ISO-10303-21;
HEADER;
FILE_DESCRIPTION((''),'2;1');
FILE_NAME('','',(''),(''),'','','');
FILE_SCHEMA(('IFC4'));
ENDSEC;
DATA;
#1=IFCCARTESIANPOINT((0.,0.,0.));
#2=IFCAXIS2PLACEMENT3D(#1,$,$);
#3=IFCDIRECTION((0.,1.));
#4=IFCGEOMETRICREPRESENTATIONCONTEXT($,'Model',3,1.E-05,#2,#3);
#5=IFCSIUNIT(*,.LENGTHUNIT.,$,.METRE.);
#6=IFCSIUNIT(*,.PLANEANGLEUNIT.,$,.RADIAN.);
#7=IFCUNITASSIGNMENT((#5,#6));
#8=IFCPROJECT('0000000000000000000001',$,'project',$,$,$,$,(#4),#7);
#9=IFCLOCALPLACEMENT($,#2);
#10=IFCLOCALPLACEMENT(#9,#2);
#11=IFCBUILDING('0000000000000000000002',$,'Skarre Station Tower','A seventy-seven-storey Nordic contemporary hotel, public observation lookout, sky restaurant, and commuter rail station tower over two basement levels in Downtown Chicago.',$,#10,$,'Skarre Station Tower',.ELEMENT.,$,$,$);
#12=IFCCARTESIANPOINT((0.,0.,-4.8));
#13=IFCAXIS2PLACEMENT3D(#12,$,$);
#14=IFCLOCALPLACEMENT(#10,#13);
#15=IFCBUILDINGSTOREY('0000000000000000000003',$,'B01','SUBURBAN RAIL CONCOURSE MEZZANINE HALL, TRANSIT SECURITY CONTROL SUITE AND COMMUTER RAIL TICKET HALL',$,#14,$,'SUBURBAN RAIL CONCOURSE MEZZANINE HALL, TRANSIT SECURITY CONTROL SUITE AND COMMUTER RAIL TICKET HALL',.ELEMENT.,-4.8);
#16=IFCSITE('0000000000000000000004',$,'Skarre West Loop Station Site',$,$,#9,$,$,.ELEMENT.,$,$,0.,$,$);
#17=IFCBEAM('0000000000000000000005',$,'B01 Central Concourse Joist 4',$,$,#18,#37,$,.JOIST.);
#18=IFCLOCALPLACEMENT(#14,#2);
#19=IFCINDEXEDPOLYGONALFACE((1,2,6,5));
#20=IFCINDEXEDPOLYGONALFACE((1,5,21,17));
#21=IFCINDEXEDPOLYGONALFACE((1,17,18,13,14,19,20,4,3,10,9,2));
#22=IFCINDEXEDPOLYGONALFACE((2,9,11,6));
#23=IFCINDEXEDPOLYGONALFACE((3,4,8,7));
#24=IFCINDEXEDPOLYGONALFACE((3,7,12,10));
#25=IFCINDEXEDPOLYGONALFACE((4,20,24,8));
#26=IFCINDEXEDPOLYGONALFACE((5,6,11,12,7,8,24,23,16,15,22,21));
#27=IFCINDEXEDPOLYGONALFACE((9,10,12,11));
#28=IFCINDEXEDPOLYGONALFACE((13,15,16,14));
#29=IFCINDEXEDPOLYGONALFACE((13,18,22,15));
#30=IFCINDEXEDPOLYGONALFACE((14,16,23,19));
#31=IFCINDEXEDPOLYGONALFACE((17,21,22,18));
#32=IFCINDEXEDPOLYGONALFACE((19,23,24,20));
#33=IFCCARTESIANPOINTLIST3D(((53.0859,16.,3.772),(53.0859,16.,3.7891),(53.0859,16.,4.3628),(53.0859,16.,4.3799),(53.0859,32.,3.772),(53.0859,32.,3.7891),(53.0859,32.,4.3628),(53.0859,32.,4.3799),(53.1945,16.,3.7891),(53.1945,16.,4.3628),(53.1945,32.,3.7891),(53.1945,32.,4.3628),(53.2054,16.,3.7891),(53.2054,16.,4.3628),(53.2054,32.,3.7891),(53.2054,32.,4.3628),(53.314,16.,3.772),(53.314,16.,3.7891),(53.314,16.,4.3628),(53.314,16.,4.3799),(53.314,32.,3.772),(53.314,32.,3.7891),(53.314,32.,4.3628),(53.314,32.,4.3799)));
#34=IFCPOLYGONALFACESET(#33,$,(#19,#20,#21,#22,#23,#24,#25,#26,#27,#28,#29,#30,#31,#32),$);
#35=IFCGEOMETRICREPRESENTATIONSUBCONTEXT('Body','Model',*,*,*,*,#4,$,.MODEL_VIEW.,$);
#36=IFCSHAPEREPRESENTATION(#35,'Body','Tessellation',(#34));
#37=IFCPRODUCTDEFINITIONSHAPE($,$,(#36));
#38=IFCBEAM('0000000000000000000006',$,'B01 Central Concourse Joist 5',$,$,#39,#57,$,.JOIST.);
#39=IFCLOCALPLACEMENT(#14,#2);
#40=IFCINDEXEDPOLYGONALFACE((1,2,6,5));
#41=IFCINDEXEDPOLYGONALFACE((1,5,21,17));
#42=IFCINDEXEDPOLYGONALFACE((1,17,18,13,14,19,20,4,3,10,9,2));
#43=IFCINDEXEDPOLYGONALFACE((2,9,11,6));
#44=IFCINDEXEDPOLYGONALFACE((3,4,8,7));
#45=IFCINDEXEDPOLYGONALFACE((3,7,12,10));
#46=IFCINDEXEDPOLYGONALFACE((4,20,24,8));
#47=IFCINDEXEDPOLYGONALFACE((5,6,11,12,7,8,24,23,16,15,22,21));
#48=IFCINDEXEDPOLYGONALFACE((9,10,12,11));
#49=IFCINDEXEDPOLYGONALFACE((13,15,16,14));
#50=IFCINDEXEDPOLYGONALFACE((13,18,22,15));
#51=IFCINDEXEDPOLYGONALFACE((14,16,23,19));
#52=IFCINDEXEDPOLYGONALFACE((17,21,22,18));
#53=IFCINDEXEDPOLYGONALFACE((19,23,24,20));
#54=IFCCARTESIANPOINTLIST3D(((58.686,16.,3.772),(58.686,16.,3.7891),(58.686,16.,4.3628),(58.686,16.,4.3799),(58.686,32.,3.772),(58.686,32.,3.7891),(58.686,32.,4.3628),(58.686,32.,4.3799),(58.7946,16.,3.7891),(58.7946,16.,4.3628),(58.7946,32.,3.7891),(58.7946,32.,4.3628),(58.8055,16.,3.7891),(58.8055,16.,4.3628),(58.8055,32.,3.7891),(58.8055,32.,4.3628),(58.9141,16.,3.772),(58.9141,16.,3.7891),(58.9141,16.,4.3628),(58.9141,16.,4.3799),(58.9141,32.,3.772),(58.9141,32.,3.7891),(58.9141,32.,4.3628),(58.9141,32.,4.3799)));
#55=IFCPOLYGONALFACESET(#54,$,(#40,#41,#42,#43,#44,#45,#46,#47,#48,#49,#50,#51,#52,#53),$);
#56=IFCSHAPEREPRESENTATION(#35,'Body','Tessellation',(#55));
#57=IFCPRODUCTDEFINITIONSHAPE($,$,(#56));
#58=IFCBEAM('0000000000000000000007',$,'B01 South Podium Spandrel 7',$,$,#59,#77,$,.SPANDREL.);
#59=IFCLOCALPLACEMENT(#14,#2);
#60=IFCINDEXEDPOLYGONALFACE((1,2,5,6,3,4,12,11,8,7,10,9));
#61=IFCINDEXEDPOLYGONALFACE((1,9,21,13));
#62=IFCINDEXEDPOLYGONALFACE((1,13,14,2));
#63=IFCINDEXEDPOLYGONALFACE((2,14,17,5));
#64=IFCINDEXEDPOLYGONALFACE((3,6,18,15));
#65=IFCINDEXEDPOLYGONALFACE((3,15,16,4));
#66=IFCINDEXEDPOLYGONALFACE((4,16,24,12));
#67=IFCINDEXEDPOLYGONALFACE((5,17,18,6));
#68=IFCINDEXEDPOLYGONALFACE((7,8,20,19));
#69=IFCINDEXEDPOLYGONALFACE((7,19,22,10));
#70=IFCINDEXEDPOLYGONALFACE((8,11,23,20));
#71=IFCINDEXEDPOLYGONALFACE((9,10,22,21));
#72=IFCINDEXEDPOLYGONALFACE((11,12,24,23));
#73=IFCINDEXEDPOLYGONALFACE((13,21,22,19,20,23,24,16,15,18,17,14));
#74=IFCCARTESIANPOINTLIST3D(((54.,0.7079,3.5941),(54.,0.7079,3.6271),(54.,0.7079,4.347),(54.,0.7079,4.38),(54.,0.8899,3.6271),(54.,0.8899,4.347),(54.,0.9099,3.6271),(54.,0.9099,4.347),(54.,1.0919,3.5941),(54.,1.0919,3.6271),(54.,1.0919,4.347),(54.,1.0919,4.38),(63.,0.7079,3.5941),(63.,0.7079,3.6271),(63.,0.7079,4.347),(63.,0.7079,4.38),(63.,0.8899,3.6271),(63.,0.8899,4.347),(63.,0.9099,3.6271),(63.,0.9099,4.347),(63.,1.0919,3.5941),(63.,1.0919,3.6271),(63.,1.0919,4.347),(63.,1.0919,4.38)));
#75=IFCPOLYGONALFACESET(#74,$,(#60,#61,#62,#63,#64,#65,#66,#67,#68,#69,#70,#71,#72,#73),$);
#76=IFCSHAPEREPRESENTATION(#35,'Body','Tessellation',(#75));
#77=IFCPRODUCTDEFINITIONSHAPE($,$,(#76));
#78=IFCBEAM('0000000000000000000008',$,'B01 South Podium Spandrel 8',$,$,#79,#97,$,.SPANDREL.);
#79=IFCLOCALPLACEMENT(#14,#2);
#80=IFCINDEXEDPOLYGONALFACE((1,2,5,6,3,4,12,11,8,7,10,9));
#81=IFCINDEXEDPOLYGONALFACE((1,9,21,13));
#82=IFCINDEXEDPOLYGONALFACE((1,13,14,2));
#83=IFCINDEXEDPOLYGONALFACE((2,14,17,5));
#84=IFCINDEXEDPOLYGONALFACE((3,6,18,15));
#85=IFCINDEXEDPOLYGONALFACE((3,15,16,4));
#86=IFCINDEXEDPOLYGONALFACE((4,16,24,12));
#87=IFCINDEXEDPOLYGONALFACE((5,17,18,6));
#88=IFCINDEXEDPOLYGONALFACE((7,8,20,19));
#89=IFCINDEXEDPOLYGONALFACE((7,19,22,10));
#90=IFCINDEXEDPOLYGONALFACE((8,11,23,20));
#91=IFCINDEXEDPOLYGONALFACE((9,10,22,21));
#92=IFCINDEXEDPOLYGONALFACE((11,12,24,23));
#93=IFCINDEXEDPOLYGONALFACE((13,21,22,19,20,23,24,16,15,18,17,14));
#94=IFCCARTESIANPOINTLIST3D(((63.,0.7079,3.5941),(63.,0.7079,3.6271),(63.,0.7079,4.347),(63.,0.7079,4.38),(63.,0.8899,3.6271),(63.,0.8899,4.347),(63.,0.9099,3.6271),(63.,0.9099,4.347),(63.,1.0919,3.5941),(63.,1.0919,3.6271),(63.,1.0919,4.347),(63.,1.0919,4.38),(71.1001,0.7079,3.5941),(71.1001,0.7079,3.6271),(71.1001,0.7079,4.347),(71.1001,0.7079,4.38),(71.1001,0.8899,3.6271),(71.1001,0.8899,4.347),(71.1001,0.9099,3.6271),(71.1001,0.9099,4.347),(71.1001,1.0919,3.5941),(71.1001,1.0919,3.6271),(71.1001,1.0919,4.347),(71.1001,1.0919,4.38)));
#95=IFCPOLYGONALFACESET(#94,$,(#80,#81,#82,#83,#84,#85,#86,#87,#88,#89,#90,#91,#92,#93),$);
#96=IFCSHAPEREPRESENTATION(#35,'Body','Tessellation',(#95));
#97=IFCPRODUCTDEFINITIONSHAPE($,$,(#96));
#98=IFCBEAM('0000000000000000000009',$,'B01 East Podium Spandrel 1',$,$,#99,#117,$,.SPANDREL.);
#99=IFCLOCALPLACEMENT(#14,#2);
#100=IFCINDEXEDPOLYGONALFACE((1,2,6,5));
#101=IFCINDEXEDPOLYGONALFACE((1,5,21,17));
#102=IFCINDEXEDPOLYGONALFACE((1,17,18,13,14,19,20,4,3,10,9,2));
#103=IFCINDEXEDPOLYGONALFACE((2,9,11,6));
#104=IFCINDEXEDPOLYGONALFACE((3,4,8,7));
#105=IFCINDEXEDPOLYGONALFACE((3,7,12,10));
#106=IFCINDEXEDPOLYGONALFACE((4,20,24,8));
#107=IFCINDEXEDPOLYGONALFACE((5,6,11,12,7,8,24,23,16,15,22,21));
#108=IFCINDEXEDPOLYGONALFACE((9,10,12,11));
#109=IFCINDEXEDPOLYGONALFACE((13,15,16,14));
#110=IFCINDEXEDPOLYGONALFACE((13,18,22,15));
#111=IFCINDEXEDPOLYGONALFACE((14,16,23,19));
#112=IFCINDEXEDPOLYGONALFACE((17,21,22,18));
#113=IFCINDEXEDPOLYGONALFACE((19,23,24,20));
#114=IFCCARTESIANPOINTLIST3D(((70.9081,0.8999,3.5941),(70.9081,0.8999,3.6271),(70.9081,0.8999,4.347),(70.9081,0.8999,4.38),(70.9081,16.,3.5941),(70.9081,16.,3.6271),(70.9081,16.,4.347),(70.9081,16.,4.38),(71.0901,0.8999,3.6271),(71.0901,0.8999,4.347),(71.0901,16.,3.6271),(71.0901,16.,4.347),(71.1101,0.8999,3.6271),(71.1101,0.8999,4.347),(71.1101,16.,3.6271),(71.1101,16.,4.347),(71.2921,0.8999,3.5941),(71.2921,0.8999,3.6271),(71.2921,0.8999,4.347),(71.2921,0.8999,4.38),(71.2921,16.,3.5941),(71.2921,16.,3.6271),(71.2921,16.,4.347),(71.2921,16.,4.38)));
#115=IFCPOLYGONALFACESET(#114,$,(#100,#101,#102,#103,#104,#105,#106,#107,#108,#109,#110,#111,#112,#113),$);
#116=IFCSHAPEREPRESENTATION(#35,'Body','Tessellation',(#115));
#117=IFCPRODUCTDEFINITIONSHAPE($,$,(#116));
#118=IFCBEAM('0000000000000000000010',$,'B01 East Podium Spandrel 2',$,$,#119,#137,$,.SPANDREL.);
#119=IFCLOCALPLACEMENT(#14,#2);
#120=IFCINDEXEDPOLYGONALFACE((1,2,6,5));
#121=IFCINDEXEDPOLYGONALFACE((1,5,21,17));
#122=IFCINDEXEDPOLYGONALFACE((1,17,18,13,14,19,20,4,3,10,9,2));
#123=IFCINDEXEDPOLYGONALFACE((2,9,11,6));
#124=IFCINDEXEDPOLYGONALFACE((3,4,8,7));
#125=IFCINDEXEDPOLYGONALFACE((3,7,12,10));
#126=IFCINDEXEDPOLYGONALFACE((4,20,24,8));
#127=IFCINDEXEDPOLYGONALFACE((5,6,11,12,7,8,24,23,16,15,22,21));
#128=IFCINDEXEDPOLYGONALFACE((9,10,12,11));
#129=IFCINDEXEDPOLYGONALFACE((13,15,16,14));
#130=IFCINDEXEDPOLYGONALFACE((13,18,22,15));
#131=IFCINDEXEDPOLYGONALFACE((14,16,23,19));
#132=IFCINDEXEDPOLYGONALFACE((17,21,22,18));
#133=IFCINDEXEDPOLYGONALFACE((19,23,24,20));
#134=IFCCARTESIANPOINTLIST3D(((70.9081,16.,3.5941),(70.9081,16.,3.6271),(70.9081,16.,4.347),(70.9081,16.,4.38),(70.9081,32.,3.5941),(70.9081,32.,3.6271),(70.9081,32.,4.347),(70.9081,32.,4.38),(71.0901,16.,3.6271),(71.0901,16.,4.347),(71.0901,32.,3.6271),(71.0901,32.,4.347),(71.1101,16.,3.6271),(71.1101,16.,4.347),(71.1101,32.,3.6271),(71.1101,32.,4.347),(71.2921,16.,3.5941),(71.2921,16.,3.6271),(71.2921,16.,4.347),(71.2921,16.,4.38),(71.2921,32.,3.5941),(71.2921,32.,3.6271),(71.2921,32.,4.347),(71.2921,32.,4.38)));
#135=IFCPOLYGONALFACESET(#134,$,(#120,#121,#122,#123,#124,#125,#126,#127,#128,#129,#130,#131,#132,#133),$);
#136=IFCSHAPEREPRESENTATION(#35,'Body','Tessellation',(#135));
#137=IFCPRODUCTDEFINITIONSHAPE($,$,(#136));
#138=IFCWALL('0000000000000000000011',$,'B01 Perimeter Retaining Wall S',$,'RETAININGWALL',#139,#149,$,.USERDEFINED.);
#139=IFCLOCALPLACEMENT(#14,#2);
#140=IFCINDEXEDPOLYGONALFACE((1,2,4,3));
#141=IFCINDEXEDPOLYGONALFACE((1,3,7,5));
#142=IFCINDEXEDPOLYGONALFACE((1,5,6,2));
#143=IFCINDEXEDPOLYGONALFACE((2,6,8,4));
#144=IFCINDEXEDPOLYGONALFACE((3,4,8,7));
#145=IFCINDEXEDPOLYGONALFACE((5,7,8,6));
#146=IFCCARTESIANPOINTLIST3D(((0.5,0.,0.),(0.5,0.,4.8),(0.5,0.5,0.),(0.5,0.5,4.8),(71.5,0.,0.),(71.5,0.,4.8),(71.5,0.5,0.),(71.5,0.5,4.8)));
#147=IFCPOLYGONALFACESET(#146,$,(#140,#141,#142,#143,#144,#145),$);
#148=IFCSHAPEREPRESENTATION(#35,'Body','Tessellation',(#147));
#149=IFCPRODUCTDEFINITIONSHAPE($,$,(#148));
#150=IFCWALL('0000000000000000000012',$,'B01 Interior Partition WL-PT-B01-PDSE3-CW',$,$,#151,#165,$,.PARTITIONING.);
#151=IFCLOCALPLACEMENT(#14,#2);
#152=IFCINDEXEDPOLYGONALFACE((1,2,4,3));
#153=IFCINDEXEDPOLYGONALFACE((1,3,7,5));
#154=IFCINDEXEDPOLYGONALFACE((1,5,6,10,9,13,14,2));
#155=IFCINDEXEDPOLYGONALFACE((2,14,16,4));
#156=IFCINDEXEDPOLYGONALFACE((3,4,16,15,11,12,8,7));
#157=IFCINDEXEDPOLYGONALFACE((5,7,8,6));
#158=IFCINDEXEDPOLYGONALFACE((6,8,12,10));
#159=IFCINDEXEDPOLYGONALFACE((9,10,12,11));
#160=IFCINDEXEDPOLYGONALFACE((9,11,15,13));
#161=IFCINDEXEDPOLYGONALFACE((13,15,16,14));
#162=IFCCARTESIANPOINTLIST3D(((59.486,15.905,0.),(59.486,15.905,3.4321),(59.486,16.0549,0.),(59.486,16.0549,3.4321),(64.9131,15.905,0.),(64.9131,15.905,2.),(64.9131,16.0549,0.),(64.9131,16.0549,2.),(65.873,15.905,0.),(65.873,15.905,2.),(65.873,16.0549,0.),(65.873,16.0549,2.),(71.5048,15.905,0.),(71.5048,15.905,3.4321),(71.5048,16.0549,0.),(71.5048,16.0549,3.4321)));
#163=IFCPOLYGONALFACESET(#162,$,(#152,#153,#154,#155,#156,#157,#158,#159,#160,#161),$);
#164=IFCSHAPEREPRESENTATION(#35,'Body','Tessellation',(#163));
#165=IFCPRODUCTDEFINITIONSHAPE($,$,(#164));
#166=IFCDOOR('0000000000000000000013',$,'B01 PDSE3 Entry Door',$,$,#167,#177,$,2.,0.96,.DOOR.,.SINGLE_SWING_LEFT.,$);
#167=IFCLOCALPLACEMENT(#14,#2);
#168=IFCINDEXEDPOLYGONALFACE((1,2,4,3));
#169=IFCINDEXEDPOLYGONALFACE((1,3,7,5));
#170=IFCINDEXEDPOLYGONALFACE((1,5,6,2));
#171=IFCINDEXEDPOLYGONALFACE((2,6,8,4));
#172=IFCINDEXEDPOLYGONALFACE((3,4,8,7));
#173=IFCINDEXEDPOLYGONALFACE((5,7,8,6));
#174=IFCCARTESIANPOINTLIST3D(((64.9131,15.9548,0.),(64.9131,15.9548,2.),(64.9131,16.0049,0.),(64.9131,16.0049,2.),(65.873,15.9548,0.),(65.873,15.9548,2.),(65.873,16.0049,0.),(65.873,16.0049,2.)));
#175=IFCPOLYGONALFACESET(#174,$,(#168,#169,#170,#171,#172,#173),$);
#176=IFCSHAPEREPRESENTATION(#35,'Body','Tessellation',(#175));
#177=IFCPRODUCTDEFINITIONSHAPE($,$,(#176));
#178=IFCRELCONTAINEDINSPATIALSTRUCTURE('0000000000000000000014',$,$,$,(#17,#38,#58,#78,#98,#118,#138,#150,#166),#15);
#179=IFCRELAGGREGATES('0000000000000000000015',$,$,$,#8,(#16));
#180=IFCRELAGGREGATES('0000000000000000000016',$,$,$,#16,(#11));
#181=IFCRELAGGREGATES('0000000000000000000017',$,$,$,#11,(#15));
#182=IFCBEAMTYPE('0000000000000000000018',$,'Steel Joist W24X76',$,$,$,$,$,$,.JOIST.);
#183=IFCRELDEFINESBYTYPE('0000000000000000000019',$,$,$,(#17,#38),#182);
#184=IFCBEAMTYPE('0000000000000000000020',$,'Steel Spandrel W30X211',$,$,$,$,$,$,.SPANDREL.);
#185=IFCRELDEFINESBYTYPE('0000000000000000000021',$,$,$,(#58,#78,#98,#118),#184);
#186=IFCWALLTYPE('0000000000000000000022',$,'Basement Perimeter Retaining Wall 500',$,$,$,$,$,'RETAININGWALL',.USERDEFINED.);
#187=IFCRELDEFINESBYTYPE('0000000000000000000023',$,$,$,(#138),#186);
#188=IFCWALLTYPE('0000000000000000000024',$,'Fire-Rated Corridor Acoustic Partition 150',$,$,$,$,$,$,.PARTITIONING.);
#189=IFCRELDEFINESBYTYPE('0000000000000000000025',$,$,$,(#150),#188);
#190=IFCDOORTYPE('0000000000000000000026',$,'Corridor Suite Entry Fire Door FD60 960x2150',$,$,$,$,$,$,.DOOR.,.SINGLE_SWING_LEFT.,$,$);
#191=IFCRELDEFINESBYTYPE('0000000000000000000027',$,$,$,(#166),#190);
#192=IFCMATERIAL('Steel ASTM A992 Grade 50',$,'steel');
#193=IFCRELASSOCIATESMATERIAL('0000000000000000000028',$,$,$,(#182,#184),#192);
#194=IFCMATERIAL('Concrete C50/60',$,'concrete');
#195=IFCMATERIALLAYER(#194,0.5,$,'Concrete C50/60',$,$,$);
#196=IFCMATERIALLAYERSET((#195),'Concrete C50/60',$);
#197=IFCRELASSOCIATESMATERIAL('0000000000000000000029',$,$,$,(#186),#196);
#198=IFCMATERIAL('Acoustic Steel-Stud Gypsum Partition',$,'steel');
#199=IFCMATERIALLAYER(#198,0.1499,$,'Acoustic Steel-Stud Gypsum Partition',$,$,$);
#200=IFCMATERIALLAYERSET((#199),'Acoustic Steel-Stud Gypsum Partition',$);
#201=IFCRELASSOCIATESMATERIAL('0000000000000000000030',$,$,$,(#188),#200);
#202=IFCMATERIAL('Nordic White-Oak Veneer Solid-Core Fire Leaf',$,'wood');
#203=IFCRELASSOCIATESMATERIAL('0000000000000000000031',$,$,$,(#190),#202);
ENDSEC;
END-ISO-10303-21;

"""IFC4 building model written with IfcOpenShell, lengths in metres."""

from ifc_helpers import new_model, si_unit, direction, frame, frame_2d, origin, origin_2d, place, context, subcontext, project, spatial, rectangle, i_section, extrude, material, layer, layer_set, material_profile, profile_set, type_object, element, fill, save


model = new_model("IFC4")

# Units and contexts
model_context = context("Model", 3, precision=1e-05, world=origin(), true_north=direction((0.0, 1.0)))
body_context = subcontext(model_context, "Body", "Model", "MODEL_VIEW")
ifc_project = project(units=[si_unit("LENGTHUNIT", "METRE"), si_unit("PLANEANGLEUNIT", "RADIAN")], contexts=[model_context])

# Site, building, storey
site_placement = place(None, origin())
site = spatial("IfcSite", under=ifc_project, at=site_placement, Name="Skarre West Loop Station Site", CompositionType="ELEMENT", RefElevation=0.0)
building_placement = place(site_placement, origin())
building = spatial("IfcBuilding", under=site, at=building_placement, Name="Skarre Station Tower", Description="A seventy-seven-storey Nordic contemporary hotel, public observation lookout, sky restaurant, and commuter rail station tower over two basement levels in Downtown Chicago.", LongName="Skarre Station Tower", CompositionType="ELEMENT")
storey_placement = place(building_placement, frame((0.0, 0.0, -4.8)))
storey = spatial("IfcBuildingStorey", under=building, at=storey_placement, Name="B01", Description="SUBURBAN RAIL CONCOURSE MEZZANINE HALL, TRANSIT SECURITY CONTROL SUITE AND COMMUTER RAIL TICKET HALL", LongName="SUBURBAN RAIL CONCOURSE MEZZANINE HALL, TRANSIT SECURITY CONTROL SUITE AND COMMUTER RAIL TICKET HALL", CompositionType="ELEMENT", Elevation=-4.8)

# Beams
ifc_material_1 = material(Name="Steel ASTM A992 Grade 50", Category="steel")
ifc_material_profile_1 = material_profile(ifc_material_1, i_section(OverallWidth=0.228, OverallDepth=0.6079, WebThickness=0.011, FlangeThickness=0.0171, at=origin_2d()), Name="Steel ASTM A992 Grade 50")
ifc_profile_set_1 = profile_set([ifc_material_profile_1], Name="Steel ASTM A992 Grade 50")
beam_type_1 = type_object("IfcBeamType", Name="Steel Joist W24X76", PredefinedType="JOIST", material=ifc_profile_set_1)
for number, where, z_axis, x_axis, name in (
    (1, (53.2, 16.0, 4.0759), (0.0, 1.0, 0.0), (-1.0, 0.0, 0.0), "B01 Central Concourse Joist 4"),
    (2, (58.8, 16.0, 4.0759), (0.0, 1.0, 0.0), (-1.0, 0.0, 0.0), "B01 Central Concourse Joist 5"),
):
    element("IfcBeam", number, at=place(storey_placement, frame(where, z_axis=z_axis, x_axis=x_axis)), inside=storey, type_object=beam_type_1, Name=name, PredefinedType="JOIST", context=body_context, shape_type="SweptSolid", body=[
        extrude(i_section(OverallWidth=0.228, OverallDepth=0.6079, WebThickness=0.011, FlangeThickness=0.0171, at=origin_2d()), origin(), (0.0, 0.0, 1.0), 16.0),
    ])
ifc_material_profile_2 = material_profile(ifc_material_1, i_section(OverallWidth=0.384, OverallDepth=0.7859, WebThickness=0.02, FlangeThickness=0.033, at=origin_2d()), Name="Steel ASTM A992 Grade 50")
ifc_profile_set_2 = profile_set([ifc_material_profile_2], Name="Steel ASTM A992 Grade 50")
beam_type_2 = type_object("IfcBeamType", Name="Steel Spandrel W30X211", PredefinedType="SPANDREL", material=ifc_profile_set_2)
beam_1_placement = place(storey_placement, frame((54.0, 0.8999, 3.9871), z_axis=(1.0, 0.0, 0.0), x_axis=(0.0, 1.0, 0.0)))
element("IfcBeam", 3, at=beam_1_placement, inside=storey, type_object=beam_type_2, Name="B01 South Podium Spandrel 7", PredefinedType="SPANDREL", context=body_context, shape_type="SweptSolid", body=[
    extrude(i_section(OverallWidth=0.384, OverallDepth=0.7859, WebThickness=0.02, FlangeThickness=0.033, at=origin_2d()), origin(), (0.0, 0.0, 1.0), 9.0),
])
beam_2_placement = place(storey_placement, frame((63.0, 0.8999, 3.9871), z_axis=(1.0, 0.0, 0.0), x_axis=(0.0, 1.0, 0.0)))
element("IfcBeam", 4, at=beam_2_placement, inside=storey, type_object=beam_type_2, Name="B01 South Podium Spandrel 8", PredefinedType="SPANDREL", context=body_context, shape_type="SweptSolid", body=[
    extrude(i_section(OverallWidth=0.384, OverallDepth=0.7859, WebThickness=0.02, FlangeThickness=0.033, at=origin_2d()), origin(), (0.0, 0.0, 1.0), 8.1001),
])
beam_3_placement = place(storey_placement, frame((71.1001, 0.8999, 3.9871), z_axis=(0.0, 1.0, 0.0), x_axis=(-1.0, 0.0, 0.0)))
element("IfcBeam", 5, at=beam_3_placement, inside=storey, type_object=beam_type_2, Name="B01 East Podium Spandrel 1", PredefinedType="SPANDREL", context=body_context, shape_type="SweptSolid", body=[
    extrude(i_section(OverallWidth=0.384, OverallDepth=0.7859, WebThickness=0.02, FlangeThickness=0.033, at=origin_2d()), origin(), (0.0, 0.0, 1.0), 15.1001),
])
beam_4_placement = place(storey_placement, frame((71.1001, 16.0, 3.9871), z_axis=(0.0, 1.0, 0.0), x_axis=(-1.0, 0.0, 0.0)))
element("IfcBeam", 6, at=beam_4_placement, inside=storey, type_object=beam_type_2, Name="B01 East Podium Spandrel 2", PredefinedType="SPANDREL", context=body_context, shape_type="SweptSolid", body=[
    extrude(i_section(OverallWidth=0.384, OverallDepth=0.7859, WebThickness=0.02, FlangeThickness=0.033, at=origin_2d()), origin(), (0.0, 0.0, 1.0), 16.0),
])

# Wall
ifc_material_2 = material(Name="Concrete C50/60", Category="concrete")
ifc_layer_1 = layer(ifc_material_2, 0.5, Name="Concrete C50/60")
ifc_layer_set_1 = layer_set([ifc_layer_1], Name="Concrete C50/60")
wall_type_1 = type_object("IfcWallType", Name="Basement Perimeter Retaining Wall 500", ElementType="RETAININGWALL", PredefinedType="USERDEFINED", material=ifc_layer_set_1)
wall_1_placement = place(storey_placement, frame((71.5, 0.25, 0.0), z_axis=(0.0, 0.0, 1.0), x_axis=(-1.0, 0.0, 0.0)))
element("IfcWall", 7, at=wall_1_placement, inside=storey, type_object=wall_type_1, Name="B01 Perimeter Retaining Wall S", ObjectType="RETAININGWALL", PredefinedType="USERDEFINED", context=body_context, shape_type="SweptSolid", body=[
    extrude(rectangle(XDim=71.0, YDim=0.5, at=frame_2d((35.5, 0.0))), origin(), (0.0, 0.0, 1.0), 4.8),
])

# Wall, opening, door
ifc_material_3 = material(Name="Acoustic Steel-Stud Gypsum Partition", Category="steel")
ifc_layer_2 = layer(ifc_material_3, 0.1499, Name="Acoustic Steel-Stud Gypsum Partition")
ifc_layer_set_2 = layer_set([ifc_layer_2], Name="Acoustic Steel-Stud Gypsum Partition")
wall_type_2 = type_object("IfcWallType", Name="Fire-Rated Corridor Acoustic Partition 150", PredefinedType="PARTITIONING", material=ifc_layer_set_2)
wall_2_placement = place(storey_placement, frame((59.4861, 15.98, 0.0), z_axis=(0.0, 0.0, 1.0), x_axis=(1.0, 0.0, 0.0)))
wall_2 = element("IfcWall", 8, at=wall_2_placement, inside=storey, type_object=wall_type_2, Name="B01 Interior Partition WL-PT-B01-PDSE3-CW", PredefinedType="PARTITIONING", context=body_context, shape_type="SweptSolid", body=[
    extrude(rectangle(XDim=12.0188, YDim=0.1499, at=frame_2d((6.0093, 0.0))), origin(), (0.0, 0.0, 1.0), 3.4321),
])
opening_placement = place(wall_2_placement, frame((5.427, 0.0, 0.0)))
opening = element("IfcOpeningElement", 9, at=opening_placement, cuts=wall_2, PredefinedType="OPENING", context=body_context, shape_type="SweptSolid", body=[
    extrude(rectangle(XDim=0.96, YDim=2.0, at=frame_2d((0.48, 1.0))), frame((0.0, 0.085, 0.0), z_axis=(0.0, -1.0, 0.0), x_axis=(1.0, 0.0, 0.0)), (0.0, 0.0, 1.0), 0.1699),
])
ifc_material_4 = material(Name="Nordic White-Oak Veneer Solid-Core Fire Leaf", Category="wood")
door_type = type_object("IfcDoorType", Name="Corridor Suite Entry Fire Door FD60 960x2150", OperationType="SINGLE_SWING_LEFT", PredefinedType="DOOR", material=ifc_material_4)
door_placement = place(opening_placement, origin())
door = element("IfcDoor", 10, at=door_placement, inside=storey, type_object=door_type, Name="B01 PDSE3 Entry Door", OperationType="SINGLE_SWING_LEFT", OverallHeight=2.0, OverallWidth=0.96, PredefinedType="DOOR", context=body_context, shape_type="SweptSolid", body=[
    extrude(rectangle(XDim=0.96, YDim=2.0, at=frame_2d((0.48, 1.0))), frame((0.0, 0.0249, 0.0), z_axis=(0.0, -1.0, 0.0), x_axis=(1.0, 0.0, 0.0)), (0.0, 0.0, 1.0), 0.05),
])
fill(opening, door)

save(model, "model.ifc")
